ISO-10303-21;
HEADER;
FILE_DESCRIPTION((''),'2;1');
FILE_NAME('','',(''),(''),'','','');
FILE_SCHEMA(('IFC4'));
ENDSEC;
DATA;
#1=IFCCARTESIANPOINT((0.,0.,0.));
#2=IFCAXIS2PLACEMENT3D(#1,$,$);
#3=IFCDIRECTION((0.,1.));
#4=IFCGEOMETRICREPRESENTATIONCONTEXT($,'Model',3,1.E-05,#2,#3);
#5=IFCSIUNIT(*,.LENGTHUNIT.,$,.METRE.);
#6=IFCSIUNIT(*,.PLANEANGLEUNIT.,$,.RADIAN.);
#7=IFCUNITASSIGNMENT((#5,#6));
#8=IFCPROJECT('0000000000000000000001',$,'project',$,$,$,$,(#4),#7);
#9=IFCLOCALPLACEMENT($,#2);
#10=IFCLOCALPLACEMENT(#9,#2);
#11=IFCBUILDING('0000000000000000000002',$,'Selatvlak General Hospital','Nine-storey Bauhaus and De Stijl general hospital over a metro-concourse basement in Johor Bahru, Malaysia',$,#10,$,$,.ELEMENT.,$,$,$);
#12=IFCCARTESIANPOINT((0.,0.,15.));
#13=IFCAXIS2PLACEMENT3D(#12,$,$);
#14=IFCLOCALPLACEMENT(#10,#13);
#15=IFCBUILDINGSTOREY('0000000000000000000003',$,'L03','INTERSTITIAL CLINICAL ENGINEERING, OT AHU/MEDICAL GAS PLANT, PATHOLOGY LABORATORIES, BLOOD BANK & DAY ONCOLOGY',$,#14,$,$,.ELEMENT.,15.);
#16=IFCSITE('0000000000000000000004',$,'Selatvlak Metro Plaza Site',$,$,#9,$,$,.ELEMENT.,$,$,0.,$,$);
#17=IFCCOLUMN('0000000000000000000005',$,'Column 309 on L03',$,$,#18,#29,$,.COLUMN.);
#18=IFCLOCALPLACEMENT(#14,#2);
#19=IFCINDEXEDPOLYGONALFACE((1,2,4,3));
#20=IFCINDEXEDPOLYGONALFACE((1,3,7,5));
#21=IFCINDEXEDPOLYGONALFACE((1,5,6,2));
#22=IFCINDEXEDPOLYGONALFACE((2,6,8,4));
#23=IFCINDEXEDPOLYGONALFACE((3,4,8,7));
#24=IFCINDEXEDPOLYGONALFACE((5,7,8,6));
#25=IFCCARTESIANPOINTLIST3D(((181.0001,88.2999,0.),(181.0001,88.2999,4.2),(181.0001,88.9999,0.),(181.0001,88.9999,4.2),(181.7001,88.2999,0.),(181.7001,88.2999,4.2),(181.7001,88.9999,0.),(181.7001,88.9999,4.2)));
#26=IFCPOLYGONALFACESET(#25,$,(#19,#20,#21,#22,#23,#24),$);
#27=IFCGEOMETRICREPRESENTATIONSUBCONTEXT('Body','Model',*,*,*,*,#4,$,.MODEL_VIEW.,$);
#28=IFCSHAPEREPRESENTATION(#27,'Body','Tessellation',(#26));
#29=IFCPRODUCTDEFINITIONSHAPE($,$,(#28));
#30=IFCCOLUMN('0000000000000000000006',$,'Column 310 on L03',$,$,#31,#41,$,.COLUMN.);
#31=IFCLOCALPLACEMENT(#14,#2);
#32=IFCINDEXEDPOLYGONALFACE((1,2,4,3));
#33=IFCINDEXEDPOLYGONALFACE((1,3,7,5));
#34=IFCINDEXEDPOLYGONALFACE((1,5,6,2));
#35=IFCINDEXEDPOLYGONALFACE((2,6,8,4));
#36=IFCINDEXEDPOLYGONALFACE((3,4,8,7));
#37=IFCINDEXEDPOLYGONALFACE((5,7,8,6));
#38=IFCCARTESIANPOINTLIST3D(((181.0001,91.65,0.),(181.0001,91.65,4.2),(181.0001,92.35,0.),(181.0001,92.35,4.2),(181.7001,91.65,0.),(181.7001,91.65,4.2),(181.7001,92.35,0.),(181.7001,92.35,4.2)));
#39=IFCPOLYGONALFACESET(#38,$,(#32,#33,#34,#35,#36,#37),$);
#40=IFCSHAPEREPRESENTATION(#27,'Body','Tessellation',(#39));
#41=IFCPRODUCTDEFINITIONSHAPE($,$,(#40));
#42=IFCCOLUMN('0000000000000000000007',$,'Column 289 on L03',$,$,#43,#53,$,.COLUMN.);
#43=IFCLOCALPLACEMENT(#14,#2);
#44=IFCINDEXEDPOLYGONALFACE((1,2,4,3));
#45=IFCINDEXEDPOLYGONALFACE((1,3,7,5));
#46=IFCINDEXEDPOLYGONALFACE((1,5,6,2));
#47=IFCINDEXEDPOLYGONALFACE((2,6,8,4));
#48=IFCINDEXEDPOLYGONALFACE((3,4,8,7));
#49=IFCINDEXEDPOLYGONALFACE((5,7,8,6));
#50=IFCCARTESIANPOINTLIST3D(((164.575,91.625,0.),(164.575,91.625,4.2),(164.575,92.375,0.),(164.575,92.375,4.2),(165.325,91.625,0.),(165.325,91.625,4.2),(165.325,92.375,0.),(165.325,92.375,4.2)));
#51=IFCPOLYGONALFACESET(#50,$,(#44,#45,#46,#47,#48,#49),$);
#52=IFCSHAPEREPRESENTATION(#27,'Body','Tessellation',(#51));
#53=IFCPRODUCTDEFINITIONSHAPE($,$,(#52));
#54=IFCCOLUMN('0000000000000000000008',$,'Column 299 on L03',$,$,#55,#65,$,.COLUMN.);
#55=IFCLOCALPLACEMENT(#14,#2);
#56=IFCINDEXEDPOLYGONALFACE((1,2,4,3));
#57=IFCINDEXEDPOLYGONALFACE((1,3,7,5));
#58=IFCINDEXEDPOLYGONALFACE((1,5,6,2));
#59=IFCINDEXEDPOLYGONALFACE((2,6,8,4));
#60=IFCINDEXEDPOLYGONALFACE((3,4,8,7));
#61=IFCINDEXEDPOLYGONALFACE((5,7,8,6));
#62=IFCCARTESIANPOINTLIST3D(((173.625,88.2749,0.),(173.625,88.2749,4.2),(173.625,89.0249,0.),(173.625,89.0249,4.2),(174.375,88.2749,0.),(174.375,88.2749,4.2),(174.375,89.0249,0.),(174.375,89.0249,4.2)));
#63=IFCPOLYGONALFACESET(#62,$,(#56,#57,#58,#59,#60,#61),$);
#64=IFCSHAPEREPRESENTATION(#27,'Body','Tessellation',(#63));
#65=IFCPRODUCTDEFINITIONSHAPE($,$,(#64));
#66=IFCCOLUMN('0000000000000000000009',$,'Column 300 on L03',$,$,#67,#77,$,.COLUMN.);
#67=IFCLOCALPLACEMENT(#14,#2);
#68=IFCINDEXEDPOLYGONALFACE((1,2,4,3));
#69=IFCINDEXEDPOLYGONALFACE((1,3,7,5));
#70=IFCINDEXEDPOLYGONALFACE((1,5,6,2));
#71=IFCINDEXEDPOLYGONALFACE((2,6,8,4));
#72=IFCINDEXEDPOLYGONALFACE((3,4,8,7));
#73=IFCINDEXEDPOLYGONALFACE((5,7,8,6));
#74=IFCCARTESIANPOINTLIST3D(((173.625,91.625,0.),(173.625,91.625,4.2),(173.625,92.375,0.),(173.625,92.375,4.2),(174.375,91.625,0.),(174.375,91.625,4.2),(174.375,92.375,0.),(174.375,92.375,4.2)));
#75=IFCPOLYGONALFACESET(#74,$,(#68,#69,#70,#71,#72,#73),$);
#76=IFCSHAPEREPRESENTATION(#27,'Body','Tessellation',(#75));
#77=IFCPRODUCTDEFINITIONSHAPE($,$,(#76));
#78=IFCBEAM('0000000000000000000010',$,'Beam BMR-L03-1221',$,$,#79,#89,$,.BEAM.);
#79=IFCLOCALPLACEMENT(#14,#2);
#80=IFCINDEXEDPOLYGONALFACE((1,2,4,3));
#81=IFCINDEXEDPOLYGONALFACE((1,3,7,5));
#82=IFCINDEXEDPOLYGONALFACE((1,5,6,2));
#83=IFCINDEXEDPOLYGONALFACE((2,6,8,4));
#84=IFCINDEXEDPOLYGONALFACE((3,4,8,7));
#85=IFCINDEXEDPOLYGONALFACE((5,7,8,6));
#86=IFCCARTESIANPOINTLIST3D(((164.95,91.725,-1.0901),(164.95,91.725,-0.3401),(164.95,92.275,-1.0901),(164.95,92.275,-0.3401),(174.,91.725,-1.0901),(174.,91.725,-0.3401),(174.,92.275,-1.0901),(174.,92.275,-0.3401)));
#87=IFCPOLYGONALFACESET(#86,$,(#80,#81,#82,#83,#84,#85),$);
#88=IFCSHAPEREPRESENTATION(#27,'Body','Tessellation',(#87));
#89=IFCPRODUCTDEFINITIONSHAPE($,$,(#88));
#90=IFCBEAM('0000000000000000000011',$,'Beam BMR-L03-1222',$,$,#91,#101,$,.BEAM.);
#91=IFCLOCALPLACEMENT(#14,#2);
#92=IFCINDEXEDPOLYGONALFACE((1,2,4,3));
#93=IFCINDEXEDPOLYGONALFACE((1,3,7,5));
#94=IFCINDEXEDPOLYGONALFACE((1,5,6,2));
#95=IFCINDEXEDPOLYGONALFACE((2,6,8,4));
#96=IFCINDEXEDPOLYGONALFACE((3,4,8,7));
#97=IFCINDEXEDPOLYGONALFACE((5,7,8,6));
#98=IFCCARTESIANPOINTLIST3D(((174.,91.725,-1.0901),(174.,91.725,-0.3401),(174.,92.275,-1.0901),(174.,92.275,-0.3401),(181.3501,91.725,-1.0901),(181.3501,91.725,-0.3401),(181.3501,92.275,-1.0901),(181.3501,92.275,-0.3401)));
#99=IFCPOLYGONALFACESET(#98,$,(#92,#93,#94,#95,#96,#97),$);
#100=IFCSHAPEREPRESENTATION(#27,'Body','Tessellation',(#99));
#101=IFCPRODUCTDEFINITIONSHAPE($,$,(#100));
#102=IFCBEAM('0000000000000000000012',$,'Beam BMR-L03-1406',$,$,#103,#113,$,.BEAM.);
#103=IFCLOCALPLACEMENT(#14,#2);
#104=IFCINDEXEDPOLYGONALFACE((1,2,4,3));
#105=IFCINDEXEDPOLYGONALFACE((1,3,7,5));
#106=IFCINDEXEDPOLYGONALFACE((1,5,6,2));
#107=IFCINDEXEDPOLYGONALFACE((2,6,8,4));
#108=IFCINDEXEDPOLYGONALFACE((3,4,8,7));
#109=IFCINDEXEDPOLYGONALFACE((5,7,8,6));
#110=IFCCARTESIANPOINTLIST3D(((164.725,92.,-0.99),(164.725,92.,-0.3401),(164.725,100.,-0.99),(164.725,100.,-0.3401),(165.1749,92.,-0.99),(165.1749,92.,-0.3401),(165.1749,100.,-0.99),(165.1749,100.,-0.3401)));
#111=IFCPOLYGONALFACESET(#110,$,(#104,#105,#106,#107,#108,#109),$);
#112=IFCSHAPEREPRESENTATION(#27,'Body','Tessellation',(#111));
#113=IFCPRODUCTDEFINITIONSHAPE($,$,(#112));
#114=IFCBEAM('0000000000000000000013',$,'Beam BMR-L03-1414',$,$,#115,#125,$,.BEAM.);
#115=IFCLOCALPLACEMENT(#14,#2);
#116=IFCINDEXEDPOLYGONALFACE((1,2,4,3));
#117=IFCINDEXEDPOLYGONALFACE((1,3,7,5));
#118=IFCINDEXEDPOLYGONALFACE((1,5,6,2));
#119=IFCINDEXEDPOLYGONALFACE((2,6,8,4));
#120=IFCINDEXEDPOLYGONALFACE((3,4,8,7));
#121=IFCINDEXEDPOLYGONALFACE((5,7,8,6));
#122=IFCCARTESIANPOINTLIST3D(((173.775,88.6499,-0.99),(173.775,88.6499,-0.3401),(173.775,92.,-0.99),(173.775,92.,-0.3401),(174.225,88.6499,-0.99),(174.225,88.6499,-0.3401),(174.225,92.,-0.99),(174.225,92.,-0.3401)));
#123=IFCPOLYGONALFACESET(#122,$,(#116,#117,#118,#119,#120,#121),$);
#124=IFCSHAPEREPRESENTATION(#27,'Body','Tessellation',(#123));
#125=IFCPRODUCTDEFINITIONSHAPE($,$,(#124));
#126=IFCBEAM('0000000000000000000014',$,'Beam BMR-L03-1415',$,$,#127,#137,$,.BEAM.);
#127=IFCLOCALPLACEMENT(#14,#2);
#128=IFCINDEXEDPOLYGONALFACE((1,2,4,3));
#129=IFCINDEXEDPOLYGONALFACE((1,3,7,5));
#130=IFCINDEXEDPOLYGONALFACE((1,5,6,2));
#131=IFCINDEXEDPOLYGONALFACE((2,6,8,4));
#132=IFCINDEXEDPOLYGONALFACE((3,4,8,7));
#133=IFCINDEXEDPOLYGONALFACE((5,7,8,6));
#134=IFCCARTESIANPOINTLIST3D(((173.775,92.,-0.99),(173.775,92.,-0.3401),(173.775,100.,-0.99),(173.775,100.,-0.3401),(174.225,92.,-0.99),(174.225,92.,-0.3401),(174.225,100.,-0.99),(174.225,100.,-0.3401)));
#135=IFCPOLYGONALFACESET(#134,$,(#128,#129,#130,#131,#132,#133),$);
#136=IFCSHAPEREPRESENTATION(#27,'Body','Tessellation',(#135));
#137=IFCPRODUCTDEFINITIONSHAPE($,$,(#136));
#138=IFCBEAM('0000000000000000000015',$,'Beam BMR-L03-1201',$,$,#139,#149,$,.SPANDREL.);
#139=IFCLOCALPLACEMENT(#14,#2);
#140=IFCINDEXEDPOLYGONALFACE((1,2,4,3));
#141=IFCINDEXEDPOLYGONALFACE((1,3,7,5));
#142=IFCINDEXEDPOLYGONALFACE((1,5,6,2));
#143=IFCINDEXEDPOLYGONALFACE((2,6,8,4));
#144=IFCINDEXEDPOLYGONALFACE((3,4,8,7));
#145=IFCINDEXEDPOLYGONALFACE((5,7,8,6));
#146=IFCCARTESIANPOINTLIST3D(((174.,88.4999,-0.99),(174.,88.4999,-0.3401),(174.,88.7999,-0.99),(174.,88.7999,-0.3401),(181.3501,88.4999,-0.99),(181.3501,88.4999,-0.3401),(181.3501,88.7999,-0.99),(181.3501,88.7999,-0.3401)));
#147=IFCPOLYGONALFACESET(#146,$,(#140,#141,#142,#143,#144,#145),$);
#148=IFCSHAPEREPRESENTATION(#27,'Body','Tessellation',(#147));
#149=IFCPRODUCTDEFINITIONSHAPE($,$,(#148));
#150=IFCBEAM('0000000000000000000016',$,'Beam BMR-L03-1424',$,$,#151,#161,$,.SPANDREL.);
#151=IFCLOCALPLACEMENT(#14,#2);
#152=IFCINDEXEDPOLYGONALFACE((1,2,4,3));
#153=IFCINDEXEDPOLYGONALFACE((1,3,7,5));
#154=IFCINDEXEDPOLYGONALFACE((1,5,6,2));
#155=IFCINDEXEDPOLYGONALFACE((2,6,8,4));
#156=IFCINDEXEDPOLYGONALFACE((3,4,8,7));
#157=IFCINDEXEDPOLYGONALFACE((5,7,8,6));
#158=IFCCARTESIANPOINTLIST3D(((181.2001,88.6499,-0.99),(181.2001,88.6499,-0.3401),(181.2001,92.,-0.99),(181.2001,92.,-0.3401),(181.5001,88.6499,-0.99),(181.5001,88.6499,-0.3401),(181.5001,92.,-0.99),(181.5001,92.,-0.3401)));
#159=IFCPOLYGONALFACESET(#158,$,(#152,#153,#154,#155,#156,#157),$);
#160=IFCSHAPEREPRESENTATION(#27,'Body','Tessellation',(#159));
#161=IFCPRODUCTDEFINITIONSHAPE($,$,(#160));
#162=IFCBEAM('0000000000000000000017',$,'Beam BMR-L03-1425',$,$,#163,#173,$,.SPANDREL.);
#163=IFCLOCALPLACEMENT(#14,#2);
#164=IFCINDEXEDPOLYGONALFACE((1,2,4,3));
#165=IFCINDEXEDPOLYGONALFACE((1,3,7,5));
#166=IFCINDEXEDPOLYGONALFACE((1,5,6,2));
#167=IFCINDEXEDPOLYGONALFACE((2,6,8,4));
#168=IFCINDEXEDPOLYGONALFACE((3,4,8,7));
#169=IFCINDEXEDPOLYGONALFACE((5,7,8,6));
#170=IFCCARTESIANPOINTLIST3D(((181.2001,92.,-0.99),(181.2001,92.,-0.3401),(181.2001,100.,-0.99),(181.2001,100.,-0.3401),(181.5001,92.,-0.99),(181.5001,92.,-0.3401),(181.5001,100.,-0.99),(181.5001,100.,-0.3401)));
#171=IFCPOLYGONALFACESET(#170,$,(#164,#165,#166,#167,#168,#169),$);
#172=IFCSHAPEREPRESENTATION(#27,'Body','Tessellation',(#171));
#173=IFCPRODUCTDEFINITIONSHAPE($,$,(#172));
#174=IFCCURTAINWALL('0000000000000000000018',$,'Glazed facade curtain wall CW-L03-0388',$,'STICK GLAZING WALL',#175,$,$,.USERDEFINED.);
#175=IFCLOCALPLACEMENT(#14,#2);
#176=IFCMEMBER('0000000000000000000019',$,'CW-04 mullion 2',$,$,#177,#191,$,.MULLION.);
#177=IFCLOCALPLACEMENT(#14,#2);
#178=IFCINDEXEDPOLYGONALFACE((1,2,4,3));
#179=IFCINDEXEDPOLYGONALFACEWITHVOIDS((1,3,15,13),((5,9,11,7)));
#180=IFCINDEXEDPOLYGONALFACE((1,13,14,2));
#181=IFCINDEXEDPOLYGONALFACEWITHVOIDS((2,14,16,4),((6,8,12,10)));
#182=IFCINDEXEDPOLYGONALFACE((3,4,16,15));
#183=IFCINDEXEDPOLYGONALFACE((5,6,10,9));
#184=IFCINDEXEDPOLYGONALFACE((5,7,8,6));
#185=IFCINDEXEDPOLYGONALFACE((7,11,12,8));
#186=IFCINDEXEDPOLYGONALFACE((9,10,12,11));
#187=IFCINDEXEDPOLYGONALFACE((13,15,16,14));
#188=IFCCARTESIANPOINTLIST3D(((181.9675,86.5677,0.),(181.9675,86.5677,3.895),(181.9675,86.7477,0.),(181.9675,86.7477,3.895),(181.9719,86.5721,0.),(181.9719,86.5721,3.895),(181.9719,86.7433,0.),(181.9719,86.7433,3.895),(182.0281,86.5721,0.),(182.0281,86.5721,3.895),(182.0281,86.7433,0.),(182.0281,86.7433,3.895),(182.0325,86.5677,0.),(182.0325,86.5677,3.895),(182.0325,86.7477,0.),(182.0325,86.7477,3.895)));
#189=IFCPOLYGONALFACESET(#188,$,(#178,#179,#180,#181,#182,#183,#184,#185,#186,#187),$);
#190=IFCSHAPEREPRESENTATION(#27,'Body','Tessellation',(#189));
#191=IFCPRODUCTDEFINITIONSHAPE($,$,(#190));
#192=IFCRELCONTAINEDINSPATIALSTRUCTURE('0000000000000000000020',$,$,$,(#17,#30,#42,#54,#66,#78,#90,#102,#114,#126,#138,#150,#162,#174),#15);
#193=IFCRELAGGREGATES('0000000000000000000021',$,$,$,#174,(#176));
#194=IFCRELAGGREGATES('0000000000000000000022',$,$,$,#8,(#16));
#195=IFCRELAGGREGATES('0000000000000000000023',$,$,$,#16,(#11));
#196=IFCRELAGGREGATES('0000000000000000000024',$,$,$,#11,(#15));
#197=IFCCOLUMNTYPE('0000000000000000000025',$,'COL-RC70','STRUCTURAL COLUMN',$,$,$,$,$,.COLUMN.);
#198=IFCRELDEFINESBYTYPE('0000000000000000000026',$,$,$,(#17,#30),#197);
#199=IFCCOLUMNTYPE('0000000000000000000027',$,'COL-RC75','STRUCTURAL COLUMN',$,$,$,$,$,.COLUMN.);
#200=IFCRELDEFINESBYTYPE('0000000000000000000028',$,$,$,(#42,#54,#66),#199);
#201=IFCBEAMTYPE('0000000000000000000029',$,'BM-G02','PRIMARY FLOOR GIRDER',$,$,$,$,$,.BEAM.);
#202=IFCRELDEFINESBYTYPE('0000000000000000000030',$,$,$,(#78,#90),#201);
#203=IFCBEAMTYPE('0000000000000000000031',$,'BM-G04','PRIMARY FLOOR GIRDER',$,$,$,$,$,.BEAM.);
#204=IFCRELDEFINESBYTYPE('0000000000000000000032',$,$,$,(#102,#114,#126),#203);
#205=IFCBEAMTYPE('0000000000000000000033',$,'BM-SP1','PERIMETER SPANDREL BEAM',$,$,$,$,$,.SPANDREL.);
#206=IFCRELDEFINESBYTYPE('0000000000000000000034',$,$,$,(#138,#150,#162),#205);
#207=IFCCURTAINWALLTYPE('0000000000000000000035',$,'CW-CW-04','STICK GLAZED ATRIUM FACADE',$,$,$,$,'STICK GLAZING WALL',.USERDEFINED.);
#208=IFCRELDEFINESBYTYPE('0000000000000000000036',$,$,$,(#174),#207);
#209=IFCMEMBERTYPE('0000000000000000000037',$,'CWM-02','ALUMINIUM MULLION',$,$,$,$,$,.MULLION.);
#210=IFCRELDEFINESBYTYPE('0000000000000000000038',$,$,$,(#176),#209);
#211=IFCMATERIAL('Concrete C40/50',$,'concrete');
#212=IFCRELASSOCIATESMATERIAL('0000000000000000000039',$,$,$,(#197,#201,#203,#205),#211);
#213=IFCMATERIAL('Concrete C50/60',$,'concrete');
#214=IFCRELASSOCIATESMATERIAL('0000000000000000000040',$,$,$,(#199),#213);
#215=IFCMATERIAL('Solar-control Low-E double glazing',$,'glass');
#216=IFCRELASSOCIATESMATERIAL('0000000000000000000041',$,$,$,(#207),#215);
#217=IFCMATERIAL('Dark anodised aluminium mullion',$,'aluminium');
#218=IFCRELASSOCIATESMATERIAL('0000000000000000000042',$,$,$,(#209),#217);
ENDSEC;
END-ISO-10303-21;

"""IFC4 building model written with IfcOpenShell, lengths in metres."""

from ifc_helpers import new_model, si_unit, direction, frame, origin, origin_2d, place, context, subcontext, project, spatial, rectangle, hollow_rectangle, extrude, material, material_profile, profile_set, type_object, element, aggregate, save


model = new_model("IFC4")

# Units and contexts
model_context = context("Model", 3, precision=1e-05, world=origin(), true_north=direction((0.0, 1.0)))
body_context = subcontext(model_context, "Body", "Model", "MODEL_VIEW")
ifc_project = project(units=[si_unit("LENGTHUNIT", "METRE"), si_unit("PLANEANGLEUNIT", "RADIAN")], contexts=[model_context])

# Site, building, storey
site_placement = place(None, origin())
site = spatial("IfcSite", under=ifc_project, at=site_placement, Name="Selatvlak Metro Plaza Site", CompositionType="ELEMENT", RefElevation=0.0)
building_placement = place(site_placement, origin())
building = spatial("IfcBuilding", under=site, at=building_placement, Name="Selatvlak General Hospital", Description="Nine-storey Bauhaus and De Stijl general hospital over a metro-concourse basement in Johor Bahru, Malaysia", CompositionType="ELEMENT")
storey_placement = place(building_placement, frame((0.0, 0.0, 15.0)))
storey = spatial("IfcBuildingStorey", under=building, at=storey_placement, Name="L03", Description="INTERSTITIAL CLINICAL ENGINEERING, OT AHU/MEDICAL GAS PLANT, PATHOLOGY LABORATORIES, BLOOD BANK & DAY ONCOLOGY", CompositionType="ELEMENT", Elevation=15.0)

# Columns
ifc_material_1 = material(Name="Concrete C40/50", Category="concrete")
ifc_material_profile_1 = material_profile(ifc_material_1, rectangle(XDim=0.7, YDim=0.7, at=origin_2d()), Name="RC-COL 700x700")
ifc_profile_set_1 = profile_set([ifc_material_profile_1], Name="Concrete C40/50")
column_type_1 = type_object("IfcColumnType", Name="COL-RC70", Description="STRUCTURAL COLUMN", PredefinedType="COLUMN", material=ifc_profile_set_1)
for number, where, z_axis, x_axis, name in (
    (1, (181.3501, 88.6499, 0.0), (0.0, 0.0, 1.0), (1.0, 0.0, 0.0), "Column 309 on L03"),
    (2, (181.3501, 92.0, 0.0), (0.0, 0.0, 1.0), (1.0, 0.0, 0.0), "Column 310 on L03"),
):
    element("IfcColumn", number, at=place(storey_placement, frame(where, z_axis=z_axis, x_axis=x_axis)), inside=storey, type_object=column_type_1, Name=name, PredefinedType="COLUMN", context=body_context, shape_type="SweptSolid", body=[
        extrude(rectangle(XDim=0.7, YDim=0.7, at=origin_2d()), origin(), (0.0, 0.0, 1.0), 4.2),
    ])
ifc_material_2 = material(Name="Concrete C50/60", Category="concrete")
ifc_material_profile_2 = material_profile(ifc_material_2, rectangle(XDim=0.75, YDim=0.75, at=origin_2d()), Name="RC-COL 750x750")
ifc_profile_set_2 = profile_set([ifc_material_profile_2], Name="Concrete C50/60")
column_type_2 = type_object("IfcColumnType", Name="COL-RC75", Description="STRUCTURAL COLUMN", PredefinedType="COLUMN", material=ifc_profile_set_2)
for number, where, z_axis, x_axis, name in (
    (3, (164.95, 92.0, 0.0), (0.0, 0.0, 1.0), (1.0, 0.0, 0.0), "Column 289 on L03"),
    (4, (174.0, 88.6499, 0.0), (0.0, 0.0, 1.0), (1.0, 0.0, 0.0), "Column 299 on L03"),
    (5, (174.0, 92.0, 0.0), (0.0, 0.0, 1.0), (1.0, 0.0, 0.0), "Column 300 on L03"),
):
    element("IfcColumn", number, at=place(storey_placement, frame(where, z_axis=z_axis, x_axis=x_axis)), inside=storey, type_object=column_type_2, Name=name, PredefinedType="COLUMN", context=body_context, shape_type="SweptSolid", body=[
        extrude(rectangle(XDim=0.75, YDim=0.75, at=origin_2d()), origin(), (0.0, 0.0, 1.0), 4.2),
    ])

# Beams
ifc_material_profile_3 = material_profile(ifc_material_1, rectangle(XDim=0.55, YDim=0.75, at=origin_2d()), Name="RC-BM 550x750")
ifc_profile_set_3 = profile_set([ifc_material_profile_3], Name="Concrete C40/50")
beam_type_1 = type_object("IfcBeamType", Name="BM-G02", Description="PRIMARY FLOOR GIRDER", PredefinedType="BEAM", material=ifc_profile_set_3)
beam_1_placement = place(storey_placement, frame((164.95, 92.0, -0.7151), z_axis=(1.0, 0.0, 0.0), x_axis=(0.0, 1.0, 0.0)))
element("IfcBeam", 6, at=beam_1_placement, inside=storey, type_object=beam_type_1, Name="Beam BMR-L03-1221", PredefinedType="BEAM", context=body_context, shape_type="SweptSolid", body=[
    extrude(rectangle(XDim=0.55, YDim=0.75, at=origin_2d()), origin(), (0.0, 0.0, 1.0), 9.05),
])
beam_2_placement = place(storey_placement, frame((174.0, 92.0, -0.7151), z_axis=(1.0, 0.0, 0.0), x_axis=(0.0, 1.0, 0.0)))
element("IfcBeam", 7, at=beam_2_placement, inside=storey, type_object=beam_type_1, Name="Beam BMR-L03-1222", PredefinedType="BEAM", context=body_context, shape_type="SweptSolid", body=[
    extrude(rectangle(XDim=0.55, YDim=0.75, at=origin_2d()), origin(), (0.0, 0.0, 1.0), 7.3501),
])
ifc_material_profile_4 = material_profile(ifc_material_1, rectangle(XDim=0.45, YDim=0.6499, at=origin_2d()), Name="RC-BM 450x650")
ifc_profile_set_4 = profile_set([ifc_material_profile_4], Name="Concrete C40/50")
beam_type_2 = type_object("IfcBeamType", Name="BM-G04", Description="PRIMARY FLOOR GIRDER", PredefinedType="BEAM", material=ifc_profile_set_4)
beam_3_placement = place(storey_placement, frame((164.95, 92.0, -0.665), z_axis=(0.0, 1.0, 0.0), x_axis=(-1.0, 0.0, 0.0)))
element("IfcBeam", 8, at=beam_3_placement, inside=storey, type_object=beam_type_2, Name="Beam BMR-L03-1406", PredefinedType="BEAM", context=body_context, shape_type="SweptSolid", body=[
    extrude(rectangle(XDim=0.45, YDim=0.6499, at=origin_2d()), origin(), (0.0, 0.0, 1.0), 8.0),
])
beam_4_placement = place(storey_placement, frame((174.0, 88.6499, -0.665), z_axis=(0.0, 1.0, 0.0), x_axis=(-1.0, 0.0, 0.0)))
element("IfcBeam", 9, at=beam_4_placement, inside=storey, type_object=beam_type_2, Name="Beam BMR-L03-1414", PredefinedType="BEAM", context=body_context, shape_type="SweptSolid", body=[
    extrude(rectangle(XDim=0.45, YDim=0.6499, at=origin_2d()), origin(), (0.0, 0.0, 1.0), 3.3501),
])
beam_5_placement = place(storey_placement, frame((174.0, 92.0, -0.665), z_axis=(0.0, 1.0, 0.0), x_axis=(-1.0, 0.0, 0.0)))
element("IfcBeam", 10, at=beam_5_placement, inside=storey, type_object=beam_type_2, Name="Beam BMR-L03-1415", PredefinedType="BEAM", context=body_context, shape_type="SweptSolid", body=[
    extrude(rectangle(XDim=0.45, YDim=0.6499, at=origin_2d()), origin(), (0.0, 0.0, 1.0), 8.0),
])
ifc_material_profile_5 = material_profile(ifc_material_1, rectangle(XDim=0.3, YDim=0.6499, at=origin_2d()), Name="RC-SP 300x650")
ifc_profile_set_5 = profile_set([ifc_material_profile_5], Name="Concrete C40/50")
beam_type_3 = type_object("IfcBeamType", Name="BM-SP1", Description="PERIMETER SPANDREL BEAM", PredefinedType="SPANDREL", material=ifc_profile_set_5)
beam_6_placement = place(storey_placement, frame((174.0, 88.6499, -0.665), z_axis=(1.0, 0.0, 0.0), x_axis=(0.0, 1.0, 0.0)))
element("IfcBeam", 11, at=beam_6_placement, inside=storey, type_object=beam_type_3, Name="Beam BMR-L03-1201", PredefinedType="SPANDREL", context=body_context, shape_type="SweptSolid", body=[
    extrude(rectangle(XDim=0.3, YDim=0.6499, at=origin_2d()), origin(), (0.0, 0.0, 1.0), 7.3501),
])
beam_7_placement = place(storey_placement, frame((181.3501, 88.6499, -0.665), z_axis=(0.0, 1.0, 0.0), x_axis=(-1.0, 0.0, 0.0)))
element("IfcBeam", 12, at=beam_7_placement, inside=storey, type_object=beam_type_3, Name="Beam BMR-L03-1424", PredefinedType="SPANDREL", context=body_context, shape_type="SweptSolid", body=[
    extrude(rectangle(XDim=0.3, YDim=0.6499, at=origin_2d()), origin(), (0.0, 0.0, 1.0), 3.3501),
])
beam_8_placement = place(storey_placement, frame((181.3501, 92.0, -0.665), z_axis=(0.0, 1.0, 0.0), x_axis=(-1.0, 0.0, 0.0)))
element("IfcBeam", 13, at=beam_8_placement, inside=storey, type_object=beam_type_3, Name="Beam BMR-L03-1425", PredefinedType="SPANDREL", context=body_context, shape_type="SweptSolid", body=[
    extrude(rectangle(XDim=0.3, YDim=0.6499, at=origin_2d()), origin(), (0.0, 0.0, 1.0), 8.0),
])

# Curtain wall, member
ifc_material_3 = material(Name="Solar-control Low-E double glazing", Category="glass")
curtain_wall_type = type_object("IfcCurtainWallType", Name="CW-CW-04", Description="STICK GLAZED ATRIUM FACADE", ElementType="STICK GLAZING WALL", PredefinedType="USERDEFINED", material=ifc_material_3)
curtain_wall_placement = place(storey_placement, origin())
curtain_wall = element("IfcCurtainWall", 14, at=curtain_wall_placement, inside=storey, type_object=curtain_wall_type, Name="Glazed facade curtain wall CW-L03-0388", ObjectType="STICK GLAZING WALL", PredefinedType="USERDEFINED")
ifc_material_4 = material(Name="Dark anodised aluminium mullion", Category="aluminium")
ifc_material_profile_6 = material_profile(ifc_material_4, hollow_rectangle(XDim=0.0649, YDim=0.1799, WallThickness=0.0044, at=origin_2d()), Name="AL-MUL 65x180x4.5")
ifc_profile_set_6 = profile_set([ifc_material_profile_6], Name="Dark anodised aluminium mullion")
member_type_1 = type_object("IfcMemberType", Name="CWM-02", Description="ALUMINIUM MULLION", PredefinedType="MULLION", material=ifc_profile_set_6)
member_1_placement = place(storey_placement, frame((182.0, 86.6577, 0.0), z_axis=(0.0, 0.0, 1.0), x_axis=(1.0, 0.0, 0.0)))
member_1 = element("IfcMember", 15, at=member_1_placement, type_object=member_type_1, Name="CW-04 mullion 2", PredefinedType="MULLION", context=body_context, shape_type="SweptSolid", body=[
    extrude(hollow_rectangle(XDim=0.0649, YDim=0.1799, WallThickness=0.0044, at=origin_2d()), origin(), (0.0, 0.0, 1.0), 3.895),
])
aggregate(curtain_wall, [member_1])

save(model, "model.ifc")
